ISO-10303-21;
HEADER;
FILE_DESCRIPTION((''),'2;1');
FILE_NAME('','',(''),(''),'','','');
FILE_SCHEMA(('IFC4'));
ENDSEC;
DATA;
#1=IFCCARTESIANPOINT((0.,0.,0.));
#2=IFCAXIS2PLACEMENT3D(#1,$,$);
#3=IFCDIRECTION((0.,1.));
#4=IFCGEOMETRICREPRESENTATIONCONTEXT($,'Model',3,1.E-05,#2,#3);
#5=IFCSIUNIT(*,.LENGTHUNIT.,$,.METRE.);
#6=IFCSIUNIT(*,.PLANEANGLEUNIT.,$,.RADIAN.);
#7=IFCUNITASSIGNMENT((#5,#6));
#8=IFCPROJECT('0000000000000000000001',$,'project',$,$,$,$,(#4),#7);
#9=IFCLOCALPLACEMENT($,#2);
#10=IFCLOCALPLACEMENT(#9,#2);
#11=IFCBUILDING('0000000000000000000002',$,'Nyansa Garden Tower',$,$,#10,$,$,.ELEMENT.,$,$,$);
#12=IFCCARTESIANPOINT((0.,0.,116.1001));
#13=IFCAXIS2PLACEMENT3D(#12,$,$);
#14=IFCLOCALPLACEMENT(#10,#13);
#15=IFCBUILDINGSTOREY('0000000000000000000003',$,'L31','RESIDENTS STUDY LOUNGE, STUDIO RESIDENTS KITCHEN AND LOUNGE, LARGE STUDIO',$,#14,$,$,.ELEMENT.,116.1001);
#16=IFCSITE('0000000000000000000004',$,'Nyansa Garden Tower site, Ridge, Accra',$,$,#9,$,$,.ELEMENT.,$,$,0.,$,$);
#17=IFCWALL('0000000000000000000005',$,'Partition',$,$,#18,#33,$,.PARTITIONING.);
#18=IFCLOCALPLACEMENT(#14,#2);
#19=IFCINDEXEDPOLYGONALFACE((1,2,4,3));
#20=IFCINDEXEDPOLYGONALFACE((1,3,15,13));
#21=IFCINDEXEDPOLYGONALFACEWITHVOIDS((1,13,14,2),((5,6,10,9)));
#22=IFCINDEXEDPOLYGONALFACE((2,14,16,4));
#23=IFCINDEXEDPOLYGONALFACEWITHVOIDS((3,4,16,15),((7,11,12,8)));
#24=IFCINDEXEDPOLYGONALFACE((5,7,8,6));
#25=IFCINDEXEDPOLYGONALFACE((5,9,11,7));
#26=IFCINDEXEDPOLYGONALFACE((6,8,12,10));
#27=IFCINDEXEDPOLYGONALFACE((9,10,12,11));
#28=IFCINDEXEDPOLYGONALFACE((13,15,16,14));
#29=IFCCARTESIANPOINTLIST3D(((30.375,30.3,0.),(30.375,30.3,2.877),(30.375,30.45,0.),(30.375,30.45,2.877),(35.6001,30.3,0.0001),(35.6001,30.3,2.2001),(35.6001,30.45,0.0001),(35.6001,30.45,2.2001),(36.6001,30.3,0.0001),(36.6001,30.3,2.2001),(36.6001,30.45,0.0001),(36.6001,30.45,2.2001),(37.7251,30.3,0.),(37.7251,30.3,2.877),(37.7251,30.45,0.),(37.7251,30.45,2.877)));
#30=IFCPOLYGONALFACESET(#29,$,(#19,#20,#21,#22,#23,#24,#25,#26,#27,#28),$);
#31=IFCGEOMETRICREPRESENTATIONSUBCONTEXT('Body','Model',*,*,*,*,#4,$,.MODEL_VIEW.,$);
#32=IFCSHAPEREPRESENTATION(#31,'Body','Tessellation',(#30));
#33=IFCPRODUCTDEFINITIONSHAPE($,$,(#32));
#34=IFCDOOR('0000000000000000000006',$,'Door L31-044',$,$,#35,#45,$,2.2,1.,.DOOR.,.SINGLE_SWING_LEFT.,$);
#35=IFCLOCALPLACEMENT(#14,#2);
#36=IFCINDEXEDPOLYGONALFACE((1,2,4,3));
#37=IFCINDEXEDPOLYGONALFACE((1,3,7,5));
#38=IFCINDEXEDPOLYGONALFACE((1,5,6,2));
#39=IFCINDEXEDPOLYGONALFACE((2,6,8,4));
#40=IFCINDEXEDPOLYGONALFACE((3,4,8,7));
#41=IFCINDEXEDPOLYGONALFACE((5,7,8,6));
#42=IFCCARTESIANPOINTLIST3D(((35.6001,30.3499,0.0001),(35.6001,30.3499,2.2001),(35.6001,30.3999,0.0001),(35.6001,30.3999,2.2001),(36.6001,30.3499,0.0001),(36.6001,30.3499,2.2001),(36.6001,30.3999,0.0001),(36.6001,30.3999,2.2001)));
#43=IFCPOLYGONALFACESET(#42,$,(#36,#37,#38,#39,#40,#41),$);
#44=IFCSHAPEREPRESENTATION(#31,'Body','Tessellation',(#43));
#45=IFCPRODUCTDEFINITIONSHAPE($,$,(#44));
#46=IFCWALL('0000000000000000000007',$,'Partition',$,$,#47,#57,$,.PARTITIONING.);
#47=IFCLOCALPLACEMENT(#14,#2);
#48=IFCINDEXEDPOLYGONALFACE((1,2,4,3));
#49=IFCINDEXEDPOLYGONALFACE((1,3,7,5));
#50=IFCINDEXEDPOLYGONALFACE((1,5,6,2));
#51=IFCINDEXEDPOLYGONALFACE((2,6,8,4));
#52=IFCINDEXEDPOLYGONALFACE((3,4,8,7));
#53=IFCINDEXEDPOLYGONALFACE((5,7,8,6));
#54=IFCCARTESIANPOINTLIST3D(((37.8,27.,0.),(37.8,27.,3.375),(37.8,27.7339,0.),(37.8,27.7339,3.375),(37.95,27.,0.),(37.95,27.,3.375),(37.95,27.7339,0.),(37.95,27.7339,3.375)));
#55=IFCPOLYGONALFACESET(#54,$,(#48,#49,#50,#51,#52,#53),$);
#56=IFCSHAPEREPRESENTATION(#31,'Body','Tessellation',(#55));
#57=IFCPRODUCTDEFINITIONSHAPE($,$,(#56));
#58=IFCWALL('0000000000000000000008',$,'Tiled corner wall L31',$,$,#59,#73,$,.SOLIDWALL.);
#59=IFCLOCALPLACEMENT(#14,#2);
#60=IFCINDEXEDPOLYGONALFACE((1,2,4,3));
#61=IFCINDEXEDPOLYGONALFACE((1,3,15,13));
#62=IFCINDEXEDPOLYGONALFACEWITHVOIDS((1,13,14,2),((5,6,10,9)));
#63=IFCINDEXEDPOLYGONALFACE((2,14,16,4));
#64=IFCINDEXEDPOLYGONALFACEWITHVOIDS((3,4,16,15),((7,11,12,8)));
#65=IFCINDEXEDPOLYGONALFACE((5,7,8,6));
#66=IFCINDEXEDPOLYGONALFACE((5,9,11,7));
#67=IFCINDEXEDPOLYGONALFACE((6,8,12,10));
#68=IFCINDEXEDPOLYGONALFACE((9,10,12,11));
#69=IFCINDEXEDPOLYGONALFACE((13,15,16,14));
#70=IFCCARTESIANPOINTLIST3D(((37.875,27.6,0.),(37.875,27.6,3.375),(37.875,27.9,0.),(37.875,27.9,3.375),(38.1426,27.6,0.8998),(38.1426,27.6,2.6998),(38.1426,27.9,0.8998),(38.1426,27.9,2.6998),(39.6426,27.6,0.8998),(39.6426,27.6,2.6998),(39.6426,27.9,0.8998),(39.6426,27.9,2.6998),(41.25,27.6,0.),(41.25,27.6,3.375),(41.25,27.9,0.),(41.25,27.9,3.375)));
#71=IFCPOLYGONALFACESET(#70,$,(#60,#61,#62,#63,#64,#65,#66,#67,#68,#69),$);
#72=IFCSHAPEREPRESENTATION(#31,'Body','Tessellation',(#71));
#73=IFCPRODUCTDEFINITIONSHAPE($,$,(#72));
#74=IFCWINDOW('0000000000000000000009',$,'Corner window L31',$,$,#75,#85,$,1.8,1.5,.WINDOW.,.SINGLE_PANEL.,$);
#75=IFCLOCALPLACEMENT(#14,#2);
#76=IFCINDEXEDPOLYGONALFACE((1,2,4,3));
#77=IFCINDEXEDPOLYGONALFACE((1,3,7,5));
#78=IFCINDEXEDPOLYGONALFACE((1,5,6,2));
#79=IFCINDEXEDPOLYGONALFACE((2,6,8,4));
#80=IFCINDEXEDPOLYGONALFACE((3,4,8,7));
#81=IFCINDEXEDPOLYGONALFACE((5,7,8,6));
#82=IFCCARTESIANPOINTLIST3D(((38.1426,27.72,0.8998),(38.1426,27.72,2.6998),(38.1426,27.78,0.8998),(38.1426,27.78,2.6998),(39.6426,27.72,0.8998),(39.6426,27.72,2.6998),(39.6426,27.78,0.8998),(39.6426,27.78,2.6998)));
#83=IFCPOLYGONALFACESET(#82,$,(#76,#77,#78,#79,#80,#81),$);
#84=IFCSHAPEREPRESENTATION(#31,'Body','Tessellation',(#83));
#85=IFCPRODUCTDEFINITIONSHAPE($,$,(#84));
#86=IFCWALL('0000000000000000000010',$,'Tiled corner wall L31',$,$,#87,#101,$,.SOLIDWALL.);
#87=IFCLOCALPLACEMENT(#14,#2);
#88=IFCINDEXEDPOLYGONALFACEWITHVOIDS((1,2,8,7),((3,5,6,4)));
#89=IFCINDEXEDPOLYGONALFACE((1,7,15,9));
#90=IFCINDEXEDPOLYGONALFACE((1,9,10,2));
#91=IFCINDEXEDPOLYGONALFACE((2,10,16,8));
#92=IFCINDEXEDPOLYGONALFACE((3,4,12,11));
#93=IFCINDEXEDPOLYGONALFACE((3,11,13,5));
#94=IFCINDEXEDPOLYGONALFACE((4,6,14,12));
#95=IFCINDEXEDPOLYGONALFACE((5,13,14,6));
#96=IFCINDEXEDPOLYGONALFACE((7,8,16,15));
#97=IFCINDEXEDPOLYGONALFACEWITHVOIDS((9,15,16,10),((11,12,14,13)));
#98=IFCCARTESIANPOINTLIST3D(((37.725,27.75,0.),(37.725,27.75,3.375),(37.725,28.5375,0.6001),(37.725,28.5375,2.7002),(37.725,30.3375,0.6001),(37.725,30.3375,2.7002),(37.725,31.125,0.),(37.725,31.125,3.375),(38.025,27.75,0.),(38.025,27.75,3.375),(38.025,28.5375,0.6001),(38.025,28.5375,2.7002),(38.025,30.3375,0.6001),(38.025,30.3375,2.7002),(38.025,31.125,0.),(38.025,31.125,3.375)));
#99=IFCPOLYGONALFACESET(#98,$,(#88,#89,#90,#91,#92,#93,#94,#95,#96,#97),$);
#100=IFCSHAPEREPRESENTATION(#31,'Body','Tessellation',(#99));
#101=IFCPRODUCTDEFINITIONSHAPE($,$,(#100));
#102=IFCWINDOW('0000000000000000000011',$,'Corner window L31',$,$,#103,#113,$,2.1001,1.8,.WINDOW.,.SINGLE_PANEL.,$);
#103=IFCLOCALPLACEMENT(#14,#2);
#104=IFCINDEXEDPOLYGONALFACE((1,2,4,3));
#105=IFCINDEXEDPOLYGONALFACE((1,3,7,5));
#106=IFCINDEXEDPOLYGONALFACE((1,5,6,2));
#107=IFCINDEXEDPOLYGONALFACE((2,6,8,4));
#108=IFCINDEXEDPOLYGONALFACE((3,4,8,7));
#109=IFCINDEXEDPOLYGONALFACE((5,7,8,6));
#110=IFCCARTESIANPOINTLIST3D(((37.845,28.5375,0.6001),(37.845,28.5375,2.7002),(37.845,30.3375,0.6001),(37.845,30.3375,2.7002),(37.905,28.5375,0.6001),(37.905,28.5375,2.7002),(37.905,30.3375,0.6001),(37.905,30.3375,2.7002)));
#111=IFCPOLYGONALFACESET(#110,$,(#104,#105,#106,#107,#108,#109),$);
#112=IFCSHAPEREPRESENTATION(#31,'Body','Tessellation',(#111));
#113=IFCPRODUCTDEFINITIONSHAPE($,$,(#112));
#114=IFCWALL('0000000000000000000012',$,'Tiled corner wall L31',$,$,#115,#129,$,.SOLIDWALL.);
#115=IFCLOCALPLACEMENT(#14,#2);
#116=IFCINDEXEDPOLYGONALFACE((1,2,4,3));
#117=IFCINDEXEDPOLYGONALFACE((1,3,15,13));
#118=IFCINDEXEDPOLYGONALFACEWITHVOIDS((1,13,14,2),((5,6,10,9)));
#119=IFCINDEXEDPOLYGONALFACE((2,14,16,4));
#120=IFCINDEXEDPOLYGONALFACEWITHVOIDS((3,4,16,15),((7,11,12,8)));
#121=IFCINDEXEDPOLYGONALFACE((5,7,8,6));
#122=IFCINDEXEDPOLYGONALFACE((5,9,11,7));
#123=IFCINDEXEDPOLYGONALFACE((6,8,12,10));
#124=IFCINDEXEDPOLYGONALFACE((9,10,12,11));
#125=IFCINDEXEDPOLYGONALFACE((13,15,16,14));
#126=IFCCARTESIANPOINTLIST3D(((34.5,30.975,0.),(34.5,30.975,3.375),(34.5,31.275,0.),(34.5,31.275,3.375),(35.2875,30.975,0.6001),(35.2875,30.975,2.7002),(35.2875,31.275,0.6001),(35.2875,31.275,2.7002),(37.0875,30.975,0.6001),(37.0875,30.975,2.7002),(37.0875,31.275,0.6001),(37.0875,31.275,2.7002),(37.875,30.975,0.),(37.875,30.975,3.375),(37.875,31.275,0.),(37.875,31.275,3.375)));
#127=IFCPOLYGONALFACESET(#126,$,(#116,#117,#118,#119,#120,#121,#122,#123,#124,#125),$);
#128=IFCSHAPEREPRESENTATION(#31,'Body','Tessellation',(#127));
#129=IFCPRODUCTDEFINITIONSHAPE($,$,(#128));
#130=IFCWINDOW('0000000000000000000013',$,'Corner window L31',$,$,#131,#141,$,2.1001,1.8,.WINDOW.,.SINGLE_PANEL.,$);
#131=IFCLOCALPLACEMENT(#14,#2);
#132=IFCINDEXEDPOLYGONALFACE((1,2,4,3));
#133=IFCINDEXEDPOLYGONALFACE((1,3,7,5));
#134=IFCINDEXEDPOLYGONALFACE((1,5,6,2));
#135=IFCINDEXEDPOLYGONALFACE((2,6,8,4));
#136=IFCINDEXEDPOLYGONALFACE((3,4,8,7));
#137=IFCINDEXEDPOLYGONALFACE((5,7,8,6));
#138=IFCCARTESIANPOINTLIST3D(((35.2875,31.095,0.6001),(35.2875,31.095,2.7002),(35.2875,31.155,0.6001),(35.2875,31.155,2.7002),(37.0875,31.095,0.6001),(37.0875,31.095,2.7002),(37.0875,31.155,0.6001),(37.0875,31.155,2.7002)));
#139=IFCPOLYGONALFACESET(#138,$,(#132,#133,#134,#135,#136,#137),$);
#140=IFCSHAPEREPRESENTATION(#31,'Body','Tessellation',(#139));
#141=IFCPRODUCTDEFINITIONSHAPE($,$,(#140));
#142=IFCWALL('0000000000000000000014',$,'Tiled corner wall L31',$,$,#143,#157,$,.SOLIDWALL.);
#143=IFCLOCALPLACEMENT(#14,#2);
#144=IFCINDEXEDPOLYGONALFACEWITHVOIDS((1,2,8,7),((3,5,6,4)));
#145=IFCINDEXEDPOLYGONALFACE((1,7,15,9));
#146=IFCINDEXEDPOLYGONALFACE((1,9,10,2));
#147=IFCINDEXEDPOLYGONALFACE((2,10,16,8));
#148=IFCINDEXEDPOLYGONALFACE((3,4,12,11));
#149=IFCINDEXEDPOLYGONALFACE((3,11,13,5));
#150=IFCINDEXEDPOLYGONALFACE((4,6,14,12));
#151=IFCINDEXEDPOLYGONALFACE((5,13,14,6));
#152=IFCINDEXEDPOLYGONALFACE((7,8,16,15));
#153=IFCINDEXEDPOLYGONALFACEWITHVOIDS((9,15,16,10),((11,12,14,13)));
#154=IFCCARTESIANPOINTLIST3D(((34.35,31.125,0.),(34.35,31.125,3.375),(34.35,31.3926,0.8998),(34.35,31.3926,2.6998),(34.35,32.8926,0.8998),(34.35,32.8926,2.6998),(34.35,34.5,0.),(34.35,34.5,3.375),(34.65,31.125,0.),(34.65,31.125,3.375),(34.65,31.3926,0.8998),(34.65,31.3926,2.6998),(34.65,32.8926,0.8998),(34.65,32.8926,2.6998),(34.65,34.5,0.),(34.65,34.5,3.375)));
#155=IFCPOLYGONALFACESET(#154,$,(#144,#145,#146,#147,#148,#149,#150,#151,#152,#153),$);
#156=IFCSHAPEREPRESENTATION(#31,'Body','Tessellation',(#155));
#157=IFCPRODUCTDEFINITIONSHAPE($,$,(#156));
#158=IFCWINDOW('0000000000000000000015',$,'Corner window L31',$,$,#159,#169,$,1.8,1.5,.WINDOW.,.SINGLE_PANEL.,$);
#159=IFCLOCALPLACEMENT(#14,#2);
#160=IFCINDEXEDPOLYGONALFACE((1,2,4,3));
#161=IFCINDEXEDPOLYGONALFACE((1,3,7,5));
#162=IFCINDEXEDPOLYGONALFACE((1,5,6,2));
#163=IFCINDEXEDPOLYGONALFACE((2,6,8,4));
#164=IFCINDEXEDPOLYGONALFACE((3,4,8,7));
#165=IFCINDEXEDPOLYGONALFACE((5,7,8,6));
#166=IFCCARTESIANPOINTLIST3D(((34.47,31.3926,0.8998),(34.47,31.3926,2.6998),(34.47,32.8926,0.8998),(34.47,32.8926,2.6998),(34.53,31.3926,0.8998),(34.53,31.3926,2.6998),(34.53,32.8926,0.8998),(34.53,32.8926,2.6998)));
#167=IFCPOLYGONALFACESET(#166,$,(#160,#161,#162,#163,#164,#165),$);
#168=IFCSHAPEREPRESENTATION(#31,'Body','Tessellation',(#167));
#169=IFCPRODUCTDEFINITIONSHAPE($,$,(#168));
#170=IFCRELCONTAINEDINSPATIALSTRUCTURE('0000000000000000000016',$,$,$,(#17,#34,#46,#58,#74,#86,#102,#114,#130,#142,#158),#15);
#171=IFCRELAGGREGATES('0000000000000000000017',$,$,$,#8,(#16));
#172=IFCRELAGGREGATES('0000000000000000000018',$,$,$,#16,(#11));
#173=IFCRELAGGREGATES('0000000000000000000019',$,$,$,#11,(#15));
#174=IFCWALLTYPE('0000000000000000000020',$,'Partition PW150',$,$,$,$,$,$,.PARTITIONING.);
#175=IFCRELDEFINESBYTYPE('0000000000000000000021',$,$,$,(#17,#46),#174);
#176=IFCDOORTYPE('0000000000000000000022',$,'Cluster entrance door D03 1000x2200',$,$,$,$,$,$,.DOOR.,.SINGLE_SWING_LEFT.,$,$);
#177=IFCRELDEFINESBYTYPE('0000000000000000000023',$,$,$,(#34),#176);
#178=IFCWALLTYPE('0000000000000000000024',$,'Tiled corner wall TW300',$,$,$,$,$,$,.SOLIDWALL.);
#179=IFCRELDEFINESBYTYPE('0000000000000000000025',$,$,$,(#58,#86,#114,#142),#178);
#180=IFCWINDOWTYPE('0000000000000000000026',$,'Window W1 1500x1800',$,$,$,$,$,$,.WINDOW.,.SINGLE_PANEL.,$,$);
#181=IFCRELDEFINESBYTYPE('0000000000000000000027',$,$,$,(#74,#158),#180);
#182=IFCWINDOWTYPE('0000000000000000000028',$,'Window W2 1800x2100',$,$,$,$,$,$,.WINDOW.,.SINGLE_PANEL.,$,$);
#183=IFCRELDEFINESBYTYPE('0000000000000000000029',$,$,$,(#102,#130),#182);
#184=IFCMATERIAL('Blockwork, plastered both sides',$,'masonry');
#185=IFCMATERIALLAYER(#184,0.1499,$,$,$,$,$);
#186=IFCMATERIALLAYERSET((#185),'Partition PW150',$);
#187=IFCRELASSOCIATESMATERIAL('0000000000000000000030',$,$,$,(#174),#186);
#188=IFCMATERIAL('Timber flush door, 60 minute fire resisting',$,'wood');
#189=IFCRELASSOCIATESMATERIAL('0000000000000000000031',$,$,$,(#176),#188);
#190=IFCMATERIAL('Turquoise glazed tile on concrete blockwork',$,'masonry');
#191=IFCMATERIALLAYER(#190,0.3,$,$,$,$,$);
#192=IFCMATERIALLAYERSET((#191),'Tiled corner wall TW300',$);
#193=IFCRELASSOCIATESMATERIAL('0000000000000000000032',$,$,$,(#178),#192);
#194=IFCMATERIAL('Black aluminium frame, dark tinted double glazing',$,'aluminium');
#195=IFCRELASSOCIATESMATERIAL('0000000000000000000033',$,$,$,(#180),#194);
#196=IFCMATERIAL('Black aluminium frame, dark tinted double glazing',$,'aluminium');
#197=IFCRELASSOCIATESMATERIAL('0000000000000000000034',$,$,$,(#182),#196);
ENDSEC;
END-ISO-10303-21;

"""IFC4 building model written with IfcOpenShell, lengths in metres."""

from ifc_helpers import new_model, si_unit, direction, frame, frame_2d, origin, place, context, subcontext, project, spatial, rectangle, extrude, material, layer, layer_set, type_object, element, fill, save


model = new_model("IFC4")

# Units and contexts
model_context = context("Model", 3, precision=1e-05, world=origin(), true_north=direction((0.0, 1.0)))
body_context = subcontext(model_context, "Body", "Model", "MODEL_VIEW")
ifc_project = project(units=[si_unit("LENGTHUNIT", "METRE"), si_unit("PLANEANGLEUNIT", "RADIAN")], contexts=[model_context])

# Site, building, storey
site_placement = place(None, origin())
site = spatial("IfcSite", under=ifc_project, at=site_placement, Name="Nyansa Garden Tower site, Ridge, Accra", CompositionType="ELEMENT", RefElevation=0.0)
building_placement = place(site_placement, origin())
building = spatial("IfcBuilding", under=site, at=building_placement, Name="Nyansa Garden Tower", CompositionType="ELEMENT")
storey_placement = place(building_placement, frame((0.0, 0.0, 116.1001)))
storey = spatial("IfcBuildingStorey", under=building, at=storey_placement, Name="L31", Description="RESIDENTS STUDY LOUNGE, STUDIO RESIDENTS KITCHEN AND LOUNGE, LARGE STUDIO", CompositionType="ELEMENT", Elevation=116.1001)

# Shared definitions
ifc_material_1 = material(Name="Blockwork, plastered both sides", Category="masonry")
ifc_layer_1 = layer(ifc_material_1, 0.1499)
ifc_layer_set_1 = layer_set([ifc_layer_1], Name="Partition PW150")
wall_type_1 = type_object("IfcWallType", Name="Partition PW150", PredefinedType="PARTITIONING", material=ifc_layer_set_1)

# Wall, opening, door
wall_1_placement = place(storey_placement, frame((30.375, 30.375, 0.0), z_axis=(0.0, 0.0, 1.0), x_axis=(1.0, 0.0, 0.0)))
wall_1 = element("IfcWall", 1, at=wall_1_placement, inside=storey, type_object=wall_type_1, Name="Partition", PredefinedType="PARTITIONING", context=body_context, shape_type="SweptSolid", body=[
    extrude(rectangle(XDim=7.3501, YDim=0.1499, at=frame_2d((3.675, 0.0))), origin(), (0.0, 0.0, 1.0), 2.877),
])
opening_1_placement = place(wall_1_placement, frame((5.2251, 0.0, 0.0)))
opening_1 = element("IfcOpeningElement", 2, at=opening_1_placement, cuts=wall_1, PredefinedType="OPENING", context=body_context, shape_type="SweptSolid", body=[
    extrude(rectangle(XDim=1.0, YDim=2.2, at=frame_2d((0.5, 1.1001))), frame((0.0, 0.085, 0.0), z_axis=(0.0, -1.0, 0.0), x_axis=(1.0, 0.0, 0.0)), (0.0, 0.0, 1.0), 0.1699),
])
ifc_material_2 = material(Name="Timber flush door, 60 minute fire resisting", Category="wood")
door_type = type_object("IfcDoorType", Name="Cluster entrance door D03 1000x2200", OperationType="SINGLE_SWING_LEFT", PredefinedType="DOOR", material=ifc_material_2)
door_placement = place(opening_1_placement, origin())
door = element("IfcDoor", 3, at=door_placement, inside=storey, type_object=door_type, Name="Door L31-044", OperationType="SINGLE_SWING_LEFT", OverallHeight=2.2, OverallWidth=1.0, PredefinedType="DOOR", context=body_context, shape_type="SweptSolid", body=[
    extrude(rectangle(XDim=1.0, YDim=2.2, at=frame_2d((0.5, 1.1001))), frame((0.0, 0.0249, 0.0), z_axis=(0.0, -1.0, 0.0), x_axis=(1.0, 0.0, 0.0)), (0.0, 0.0, 1.0), 0.05),
])
fill(opening_1, door)

# Wall
wall_2_placement = place(storey_placement, frame((37.875, 27.0, 0.0), z_axis=(0.0, 0.0, 1.0), x_axis=(0.0, 1.0, 0.0)))
element("IfcWall", 4, at=wall_2_placement, inside=storey, type_object=wall_type_1, Name="Partition", PredefinedType="PARTITIONING", context=body_context, shape_type="SweptSolid", body=[
    extrude(rectangle(XDim=0.7339, YDim=0.1499, at=frame_2d((0.3669, 0.0))), origin(), (0.0, 0.0, 1.0), 3.375),
])

# Walls, openings, windows
ifc_material_3 = material(Name="Turquoise glazed tile on concrete blockwork", Category="masonry")
ifc_layer_2 = layer(ifc_material_3, 0.3)
ifc_layer_set_2 = layer_set([ifc_layer_2], Name="Tiled corner wall TW300")
wall_type_2 = type_object("IfcWallType", Name="Tiled corner wall TW300", PredefinedType="SOLIDWALL", material=ifc_layer_set_2)
wall_3_placement = place(storey_placement, frame((41.25, 27.75, 0.0), z_axis=(0.0, 0.0, 1.0), x_axis=(-1.0, 0.0, 0.0)))
wall_3 = element("IfcWall", 5, at=wall_3_placement, inside=storey, type_object=wall_type_2, Name="Tiled corner wall L31", PredefinedType="SOLIDWALL", context=body_context, shape_type="SweptSolid", body=[
    extrude(rectangle(XDim=3.375, YDim=0.3, at=frame_2d((1.6875, 0.0))), origin(), (0.0, 0.0, 1.0), 3.375),
])
opening_2_placement = place(wall_3_placement, frame((1.6074, 0.0, 0.8999)))
opening_2 = element("IfcOpeningElement", 6, at=opening_2_placement, cuts=wall_3, PredefinedType="OPENING", context=body_context, shape_type="SweptSolid", body=[
    extrude(rectangle(XDim=1.5, YDim=1.8, at=frame_2d((0.75, 0.8999))), frame((0.0, 0.1599, 0.0), z_axis=(0.0, -1.0, 0.0), x_axis=(1.0, 0.0, 0.0)), (0.0, 0.0, 1.0), 0.3201),
])
ifc_material_4 = material(Name="Black aluminium frame, dark tinted double glazing", Category="aluminium")
window_type_1 = type_object("IfcWindowType", Name="Window W1 1500x1800", PartitioningType="SINGLE_PANEL", PredefinedType="WINDOW", material=ifc_material_4)
window_1_placement = place(opening_2_placement, origin())
window_1 = element("IfcWindow", 7, at=window_1_placement, inside=storey, type_object=window_type_1, Name="Corner window L31", OverallHeight=1.8, OverallWidth=1.5, PartitioningType="SINGLE_PANEL", PredefinedType="WINDOW", context=body_context, shape_type="SweptSolid", body=[
    extrude(rectangle(XDim=1.5, YDim=1.8, at=frame_2d((0.75, 0.8999))), frame((0.0, 0.03, 0.0), z_axis=(0.0, -1.0, 0.0), x_axis=(1.0, 0.0, 0.0)), (0.0, 0.0, 1.0), 0.0601),
])
fill(opening_2, window_1)
wall_4_placement = place(storey_placement, frame((37.875, 27.75, 0.0), z_axis=(0.0, 0.0, 1.0), x_axis=(0.0, 1.0, 0.0)))
wall_4 = element("IfcWall", 8, at=wall_4_placement, inside=storey, type_object=wall_type_2, Name="Tiled corner wall L31", PredefinedType="SOLIDWALL", context=body_context, shape_type="SweptSolid", body=[
    extrude(rectangle(XDim=3.375, YDim=0.3, at=frame_2d((1.6875, 0.0))), origin(), (0.0, 0.0, 1.0), 3.375),
])
opening_3_placement = place(wall_4_placement, frame((0.7876, 0.0, 0.6001)))
opening_3 = element("IfcOpeningElement", 9, at=opening_3_placement, cuts=wall_4, PredefinedType="OPENING", context=body_context, shape_type="SweptSolid", body=[
    extrude(rectangle(XDim=1.8, YDim=2.1001, at=frame_2d((0.8999, 1.05))), frame((0.0, 0.1599, 0.0), z_axis=(0.0, -1.0, 0.0), x_axis=(1.0, 0.0, 0.0)), (0.0, 0.0, 1.0), 0.3201),
])
ifc_material_5 = material(Name="Black aluminium frame, dark tinted double glazing", Category="aluminium")
window_type_2 = type_object("IfcWindowType", Name="Window W2 1800x2100", PartitioningType="SINGLE_PANEL", PredefinedType="WINDOW", material=ifc_material_5)
window_2_placement = place(opening_3_placement, origin())
window_2 = element("IfcWindow", 10, at=window_2_placement, inside=storey, type_object=window_type_2, Name="Corner window L31", OverallHeight=2.1001, OverallWidth=1.8, PartitioningType="SINGLE_PANEL", PredefinedType="WINDOW", context=body_context, shape_type="SweptSolid", body=[
    extrude(rectangle(XDim=1.8, YDim=2.1001, at=frame_2d((0.8999, 1.05))), frame((0.0, 0.03, 0.0), z_axis=(0.0, -1.0, 0.0), x_axis=(1.0, 0.0, 0.0)), (0.0, 0.0, 1.0), 0.0601),
])
fill(opening_3, window_2)
wall_5_placement = place(storey_placement, frame((37.875, 31.125, 0.0), z_axis=(0.0, 0.0, 1.0), x_axis=(-1.0, 0.0, 0.0)))
wall_5 = element("IfcWall", 11, at=wall_5_placement, inside=storey, type_object=wall_type_2, Name="Tiled corner wall L31", PredefinedType="SOLIDWALL", context=body_context, shape_type="SweptSolid", body=[
    extrude(rectangle(XDim=3.375, YDim=0.3, at=frame_2d((1.6875, 0.0))), origin(), (0.0, 0.0, 1.0), 3.375),
])
opening_4_placement = place(wall_5_placement, frame((0.7876, 0.0, 0.6001)))
opening_4 = element("IfcOpeningElement", 12, at=opening_4_placement, cuts=wall_5, PredefinedType="OPENING", context=body_context, shape_type="SweptSolid", body=[
    extrude(rectangle(XDim=1.8, YDim=2.1001, at=frame_2d((0.8999, 1.05))), frame((0.0, 0.1599, 0.0), z_axis=(0.0, -1.0, 0.0), x_axis=(1.0, 0.0, 0.0)), (0.0, 0.0, 1.0), 0.3201),
])
window_3_placement = place(opening_4_placement, origin())
window_3 = element("IfcWindow", 13, at=window_3_placement, inside=storey, type_object=window_type_2, Name="Corner window L31", OverallHeight=2.1001, OverallWidth=1.8, PartitioningType="SINGLE_PANEL", PredefinedType="WINDOW", context=body_context, shape_type="SweptSolid", body=[
    extrude(rectangle(XDim=1.8, YDim=2.1001, at=frame_2d((0.8999, 1.05))), frame((0.0, 0.03, 0.0), z_axis=(0.0, -1.0, 0.0), x_axis=(1.0, 0.0, 0.0)), (0.0, 0.0, 1.0), 0.0601),
])
fill(opening_4, window_3)
wall_6_placement = place(storey_placement, frame((34.5, 31.125, 0.0), z_axis=(0.0, 0.0, 1.0), x_axis=(0.0, 1.0, 0.0)))
wall_6 = element("IfcWall", 14, at=wall_6_placement, inside=storey, type_object=wall_type_2, Name="Tiled corner wall L31", PredefinedType="SOLIDWALL", context=body_context, shape_type="SweptSolid", body=[
    extrude(rectangle(XDim=3.375, YDim=0.3, at=frame_2d((1.6875, 0.0))), origin(), (0.0, 0.0, 1.0), 3.375),
])
opening_5_placement = place(wall_6_placement, frame((0.2676, 0.0, 0.8999)))
opening_5 = element("IfcOpeningElement", 15, at=opening_5_placement, cuts=wall_6, PredefinedType="OPENING", context=body_context, shape_type="SweptSolid", body=[
    extrude(rectangle(XDim=1.5, YDim=1.8, at=frame_2d((0.75, 0.8999))), frame((0.0, 0.1599, 0.0), z_axis=(0.0, -1.0, 0.0), x_axis=(1.0, 0.0, 0.0)), (0.0, 0.0, 1.0), 0.3201),
])
window_4_placement = place(opening_5_placement, origin())
window_4 = element("IfcWindow", 16, at=window_4_placement, inside=storey, type_object=window_type_1, Name="Corner window L31", OverallHeight=1.8, OverallWidth=1.5, PartitioningType="SINGLE_PANEL", PredefinedType="WINDOW", context=body_context, shape_type="SweptSolid", body=[
    extrude(rectangle(XDim=1.5, YDim=1.8, at=frame_2d((0.75, 0.8999))), frame((0.0, 0.03, 0.0), z_axis=(0.0, -1.0, 0.0), x_axis=(1.0, 0.0, 0.0)), (0.0, 0.0, 1.0), 0.0601),
])
fill(opening_5, window_4)

save(model, "model.ifc")
